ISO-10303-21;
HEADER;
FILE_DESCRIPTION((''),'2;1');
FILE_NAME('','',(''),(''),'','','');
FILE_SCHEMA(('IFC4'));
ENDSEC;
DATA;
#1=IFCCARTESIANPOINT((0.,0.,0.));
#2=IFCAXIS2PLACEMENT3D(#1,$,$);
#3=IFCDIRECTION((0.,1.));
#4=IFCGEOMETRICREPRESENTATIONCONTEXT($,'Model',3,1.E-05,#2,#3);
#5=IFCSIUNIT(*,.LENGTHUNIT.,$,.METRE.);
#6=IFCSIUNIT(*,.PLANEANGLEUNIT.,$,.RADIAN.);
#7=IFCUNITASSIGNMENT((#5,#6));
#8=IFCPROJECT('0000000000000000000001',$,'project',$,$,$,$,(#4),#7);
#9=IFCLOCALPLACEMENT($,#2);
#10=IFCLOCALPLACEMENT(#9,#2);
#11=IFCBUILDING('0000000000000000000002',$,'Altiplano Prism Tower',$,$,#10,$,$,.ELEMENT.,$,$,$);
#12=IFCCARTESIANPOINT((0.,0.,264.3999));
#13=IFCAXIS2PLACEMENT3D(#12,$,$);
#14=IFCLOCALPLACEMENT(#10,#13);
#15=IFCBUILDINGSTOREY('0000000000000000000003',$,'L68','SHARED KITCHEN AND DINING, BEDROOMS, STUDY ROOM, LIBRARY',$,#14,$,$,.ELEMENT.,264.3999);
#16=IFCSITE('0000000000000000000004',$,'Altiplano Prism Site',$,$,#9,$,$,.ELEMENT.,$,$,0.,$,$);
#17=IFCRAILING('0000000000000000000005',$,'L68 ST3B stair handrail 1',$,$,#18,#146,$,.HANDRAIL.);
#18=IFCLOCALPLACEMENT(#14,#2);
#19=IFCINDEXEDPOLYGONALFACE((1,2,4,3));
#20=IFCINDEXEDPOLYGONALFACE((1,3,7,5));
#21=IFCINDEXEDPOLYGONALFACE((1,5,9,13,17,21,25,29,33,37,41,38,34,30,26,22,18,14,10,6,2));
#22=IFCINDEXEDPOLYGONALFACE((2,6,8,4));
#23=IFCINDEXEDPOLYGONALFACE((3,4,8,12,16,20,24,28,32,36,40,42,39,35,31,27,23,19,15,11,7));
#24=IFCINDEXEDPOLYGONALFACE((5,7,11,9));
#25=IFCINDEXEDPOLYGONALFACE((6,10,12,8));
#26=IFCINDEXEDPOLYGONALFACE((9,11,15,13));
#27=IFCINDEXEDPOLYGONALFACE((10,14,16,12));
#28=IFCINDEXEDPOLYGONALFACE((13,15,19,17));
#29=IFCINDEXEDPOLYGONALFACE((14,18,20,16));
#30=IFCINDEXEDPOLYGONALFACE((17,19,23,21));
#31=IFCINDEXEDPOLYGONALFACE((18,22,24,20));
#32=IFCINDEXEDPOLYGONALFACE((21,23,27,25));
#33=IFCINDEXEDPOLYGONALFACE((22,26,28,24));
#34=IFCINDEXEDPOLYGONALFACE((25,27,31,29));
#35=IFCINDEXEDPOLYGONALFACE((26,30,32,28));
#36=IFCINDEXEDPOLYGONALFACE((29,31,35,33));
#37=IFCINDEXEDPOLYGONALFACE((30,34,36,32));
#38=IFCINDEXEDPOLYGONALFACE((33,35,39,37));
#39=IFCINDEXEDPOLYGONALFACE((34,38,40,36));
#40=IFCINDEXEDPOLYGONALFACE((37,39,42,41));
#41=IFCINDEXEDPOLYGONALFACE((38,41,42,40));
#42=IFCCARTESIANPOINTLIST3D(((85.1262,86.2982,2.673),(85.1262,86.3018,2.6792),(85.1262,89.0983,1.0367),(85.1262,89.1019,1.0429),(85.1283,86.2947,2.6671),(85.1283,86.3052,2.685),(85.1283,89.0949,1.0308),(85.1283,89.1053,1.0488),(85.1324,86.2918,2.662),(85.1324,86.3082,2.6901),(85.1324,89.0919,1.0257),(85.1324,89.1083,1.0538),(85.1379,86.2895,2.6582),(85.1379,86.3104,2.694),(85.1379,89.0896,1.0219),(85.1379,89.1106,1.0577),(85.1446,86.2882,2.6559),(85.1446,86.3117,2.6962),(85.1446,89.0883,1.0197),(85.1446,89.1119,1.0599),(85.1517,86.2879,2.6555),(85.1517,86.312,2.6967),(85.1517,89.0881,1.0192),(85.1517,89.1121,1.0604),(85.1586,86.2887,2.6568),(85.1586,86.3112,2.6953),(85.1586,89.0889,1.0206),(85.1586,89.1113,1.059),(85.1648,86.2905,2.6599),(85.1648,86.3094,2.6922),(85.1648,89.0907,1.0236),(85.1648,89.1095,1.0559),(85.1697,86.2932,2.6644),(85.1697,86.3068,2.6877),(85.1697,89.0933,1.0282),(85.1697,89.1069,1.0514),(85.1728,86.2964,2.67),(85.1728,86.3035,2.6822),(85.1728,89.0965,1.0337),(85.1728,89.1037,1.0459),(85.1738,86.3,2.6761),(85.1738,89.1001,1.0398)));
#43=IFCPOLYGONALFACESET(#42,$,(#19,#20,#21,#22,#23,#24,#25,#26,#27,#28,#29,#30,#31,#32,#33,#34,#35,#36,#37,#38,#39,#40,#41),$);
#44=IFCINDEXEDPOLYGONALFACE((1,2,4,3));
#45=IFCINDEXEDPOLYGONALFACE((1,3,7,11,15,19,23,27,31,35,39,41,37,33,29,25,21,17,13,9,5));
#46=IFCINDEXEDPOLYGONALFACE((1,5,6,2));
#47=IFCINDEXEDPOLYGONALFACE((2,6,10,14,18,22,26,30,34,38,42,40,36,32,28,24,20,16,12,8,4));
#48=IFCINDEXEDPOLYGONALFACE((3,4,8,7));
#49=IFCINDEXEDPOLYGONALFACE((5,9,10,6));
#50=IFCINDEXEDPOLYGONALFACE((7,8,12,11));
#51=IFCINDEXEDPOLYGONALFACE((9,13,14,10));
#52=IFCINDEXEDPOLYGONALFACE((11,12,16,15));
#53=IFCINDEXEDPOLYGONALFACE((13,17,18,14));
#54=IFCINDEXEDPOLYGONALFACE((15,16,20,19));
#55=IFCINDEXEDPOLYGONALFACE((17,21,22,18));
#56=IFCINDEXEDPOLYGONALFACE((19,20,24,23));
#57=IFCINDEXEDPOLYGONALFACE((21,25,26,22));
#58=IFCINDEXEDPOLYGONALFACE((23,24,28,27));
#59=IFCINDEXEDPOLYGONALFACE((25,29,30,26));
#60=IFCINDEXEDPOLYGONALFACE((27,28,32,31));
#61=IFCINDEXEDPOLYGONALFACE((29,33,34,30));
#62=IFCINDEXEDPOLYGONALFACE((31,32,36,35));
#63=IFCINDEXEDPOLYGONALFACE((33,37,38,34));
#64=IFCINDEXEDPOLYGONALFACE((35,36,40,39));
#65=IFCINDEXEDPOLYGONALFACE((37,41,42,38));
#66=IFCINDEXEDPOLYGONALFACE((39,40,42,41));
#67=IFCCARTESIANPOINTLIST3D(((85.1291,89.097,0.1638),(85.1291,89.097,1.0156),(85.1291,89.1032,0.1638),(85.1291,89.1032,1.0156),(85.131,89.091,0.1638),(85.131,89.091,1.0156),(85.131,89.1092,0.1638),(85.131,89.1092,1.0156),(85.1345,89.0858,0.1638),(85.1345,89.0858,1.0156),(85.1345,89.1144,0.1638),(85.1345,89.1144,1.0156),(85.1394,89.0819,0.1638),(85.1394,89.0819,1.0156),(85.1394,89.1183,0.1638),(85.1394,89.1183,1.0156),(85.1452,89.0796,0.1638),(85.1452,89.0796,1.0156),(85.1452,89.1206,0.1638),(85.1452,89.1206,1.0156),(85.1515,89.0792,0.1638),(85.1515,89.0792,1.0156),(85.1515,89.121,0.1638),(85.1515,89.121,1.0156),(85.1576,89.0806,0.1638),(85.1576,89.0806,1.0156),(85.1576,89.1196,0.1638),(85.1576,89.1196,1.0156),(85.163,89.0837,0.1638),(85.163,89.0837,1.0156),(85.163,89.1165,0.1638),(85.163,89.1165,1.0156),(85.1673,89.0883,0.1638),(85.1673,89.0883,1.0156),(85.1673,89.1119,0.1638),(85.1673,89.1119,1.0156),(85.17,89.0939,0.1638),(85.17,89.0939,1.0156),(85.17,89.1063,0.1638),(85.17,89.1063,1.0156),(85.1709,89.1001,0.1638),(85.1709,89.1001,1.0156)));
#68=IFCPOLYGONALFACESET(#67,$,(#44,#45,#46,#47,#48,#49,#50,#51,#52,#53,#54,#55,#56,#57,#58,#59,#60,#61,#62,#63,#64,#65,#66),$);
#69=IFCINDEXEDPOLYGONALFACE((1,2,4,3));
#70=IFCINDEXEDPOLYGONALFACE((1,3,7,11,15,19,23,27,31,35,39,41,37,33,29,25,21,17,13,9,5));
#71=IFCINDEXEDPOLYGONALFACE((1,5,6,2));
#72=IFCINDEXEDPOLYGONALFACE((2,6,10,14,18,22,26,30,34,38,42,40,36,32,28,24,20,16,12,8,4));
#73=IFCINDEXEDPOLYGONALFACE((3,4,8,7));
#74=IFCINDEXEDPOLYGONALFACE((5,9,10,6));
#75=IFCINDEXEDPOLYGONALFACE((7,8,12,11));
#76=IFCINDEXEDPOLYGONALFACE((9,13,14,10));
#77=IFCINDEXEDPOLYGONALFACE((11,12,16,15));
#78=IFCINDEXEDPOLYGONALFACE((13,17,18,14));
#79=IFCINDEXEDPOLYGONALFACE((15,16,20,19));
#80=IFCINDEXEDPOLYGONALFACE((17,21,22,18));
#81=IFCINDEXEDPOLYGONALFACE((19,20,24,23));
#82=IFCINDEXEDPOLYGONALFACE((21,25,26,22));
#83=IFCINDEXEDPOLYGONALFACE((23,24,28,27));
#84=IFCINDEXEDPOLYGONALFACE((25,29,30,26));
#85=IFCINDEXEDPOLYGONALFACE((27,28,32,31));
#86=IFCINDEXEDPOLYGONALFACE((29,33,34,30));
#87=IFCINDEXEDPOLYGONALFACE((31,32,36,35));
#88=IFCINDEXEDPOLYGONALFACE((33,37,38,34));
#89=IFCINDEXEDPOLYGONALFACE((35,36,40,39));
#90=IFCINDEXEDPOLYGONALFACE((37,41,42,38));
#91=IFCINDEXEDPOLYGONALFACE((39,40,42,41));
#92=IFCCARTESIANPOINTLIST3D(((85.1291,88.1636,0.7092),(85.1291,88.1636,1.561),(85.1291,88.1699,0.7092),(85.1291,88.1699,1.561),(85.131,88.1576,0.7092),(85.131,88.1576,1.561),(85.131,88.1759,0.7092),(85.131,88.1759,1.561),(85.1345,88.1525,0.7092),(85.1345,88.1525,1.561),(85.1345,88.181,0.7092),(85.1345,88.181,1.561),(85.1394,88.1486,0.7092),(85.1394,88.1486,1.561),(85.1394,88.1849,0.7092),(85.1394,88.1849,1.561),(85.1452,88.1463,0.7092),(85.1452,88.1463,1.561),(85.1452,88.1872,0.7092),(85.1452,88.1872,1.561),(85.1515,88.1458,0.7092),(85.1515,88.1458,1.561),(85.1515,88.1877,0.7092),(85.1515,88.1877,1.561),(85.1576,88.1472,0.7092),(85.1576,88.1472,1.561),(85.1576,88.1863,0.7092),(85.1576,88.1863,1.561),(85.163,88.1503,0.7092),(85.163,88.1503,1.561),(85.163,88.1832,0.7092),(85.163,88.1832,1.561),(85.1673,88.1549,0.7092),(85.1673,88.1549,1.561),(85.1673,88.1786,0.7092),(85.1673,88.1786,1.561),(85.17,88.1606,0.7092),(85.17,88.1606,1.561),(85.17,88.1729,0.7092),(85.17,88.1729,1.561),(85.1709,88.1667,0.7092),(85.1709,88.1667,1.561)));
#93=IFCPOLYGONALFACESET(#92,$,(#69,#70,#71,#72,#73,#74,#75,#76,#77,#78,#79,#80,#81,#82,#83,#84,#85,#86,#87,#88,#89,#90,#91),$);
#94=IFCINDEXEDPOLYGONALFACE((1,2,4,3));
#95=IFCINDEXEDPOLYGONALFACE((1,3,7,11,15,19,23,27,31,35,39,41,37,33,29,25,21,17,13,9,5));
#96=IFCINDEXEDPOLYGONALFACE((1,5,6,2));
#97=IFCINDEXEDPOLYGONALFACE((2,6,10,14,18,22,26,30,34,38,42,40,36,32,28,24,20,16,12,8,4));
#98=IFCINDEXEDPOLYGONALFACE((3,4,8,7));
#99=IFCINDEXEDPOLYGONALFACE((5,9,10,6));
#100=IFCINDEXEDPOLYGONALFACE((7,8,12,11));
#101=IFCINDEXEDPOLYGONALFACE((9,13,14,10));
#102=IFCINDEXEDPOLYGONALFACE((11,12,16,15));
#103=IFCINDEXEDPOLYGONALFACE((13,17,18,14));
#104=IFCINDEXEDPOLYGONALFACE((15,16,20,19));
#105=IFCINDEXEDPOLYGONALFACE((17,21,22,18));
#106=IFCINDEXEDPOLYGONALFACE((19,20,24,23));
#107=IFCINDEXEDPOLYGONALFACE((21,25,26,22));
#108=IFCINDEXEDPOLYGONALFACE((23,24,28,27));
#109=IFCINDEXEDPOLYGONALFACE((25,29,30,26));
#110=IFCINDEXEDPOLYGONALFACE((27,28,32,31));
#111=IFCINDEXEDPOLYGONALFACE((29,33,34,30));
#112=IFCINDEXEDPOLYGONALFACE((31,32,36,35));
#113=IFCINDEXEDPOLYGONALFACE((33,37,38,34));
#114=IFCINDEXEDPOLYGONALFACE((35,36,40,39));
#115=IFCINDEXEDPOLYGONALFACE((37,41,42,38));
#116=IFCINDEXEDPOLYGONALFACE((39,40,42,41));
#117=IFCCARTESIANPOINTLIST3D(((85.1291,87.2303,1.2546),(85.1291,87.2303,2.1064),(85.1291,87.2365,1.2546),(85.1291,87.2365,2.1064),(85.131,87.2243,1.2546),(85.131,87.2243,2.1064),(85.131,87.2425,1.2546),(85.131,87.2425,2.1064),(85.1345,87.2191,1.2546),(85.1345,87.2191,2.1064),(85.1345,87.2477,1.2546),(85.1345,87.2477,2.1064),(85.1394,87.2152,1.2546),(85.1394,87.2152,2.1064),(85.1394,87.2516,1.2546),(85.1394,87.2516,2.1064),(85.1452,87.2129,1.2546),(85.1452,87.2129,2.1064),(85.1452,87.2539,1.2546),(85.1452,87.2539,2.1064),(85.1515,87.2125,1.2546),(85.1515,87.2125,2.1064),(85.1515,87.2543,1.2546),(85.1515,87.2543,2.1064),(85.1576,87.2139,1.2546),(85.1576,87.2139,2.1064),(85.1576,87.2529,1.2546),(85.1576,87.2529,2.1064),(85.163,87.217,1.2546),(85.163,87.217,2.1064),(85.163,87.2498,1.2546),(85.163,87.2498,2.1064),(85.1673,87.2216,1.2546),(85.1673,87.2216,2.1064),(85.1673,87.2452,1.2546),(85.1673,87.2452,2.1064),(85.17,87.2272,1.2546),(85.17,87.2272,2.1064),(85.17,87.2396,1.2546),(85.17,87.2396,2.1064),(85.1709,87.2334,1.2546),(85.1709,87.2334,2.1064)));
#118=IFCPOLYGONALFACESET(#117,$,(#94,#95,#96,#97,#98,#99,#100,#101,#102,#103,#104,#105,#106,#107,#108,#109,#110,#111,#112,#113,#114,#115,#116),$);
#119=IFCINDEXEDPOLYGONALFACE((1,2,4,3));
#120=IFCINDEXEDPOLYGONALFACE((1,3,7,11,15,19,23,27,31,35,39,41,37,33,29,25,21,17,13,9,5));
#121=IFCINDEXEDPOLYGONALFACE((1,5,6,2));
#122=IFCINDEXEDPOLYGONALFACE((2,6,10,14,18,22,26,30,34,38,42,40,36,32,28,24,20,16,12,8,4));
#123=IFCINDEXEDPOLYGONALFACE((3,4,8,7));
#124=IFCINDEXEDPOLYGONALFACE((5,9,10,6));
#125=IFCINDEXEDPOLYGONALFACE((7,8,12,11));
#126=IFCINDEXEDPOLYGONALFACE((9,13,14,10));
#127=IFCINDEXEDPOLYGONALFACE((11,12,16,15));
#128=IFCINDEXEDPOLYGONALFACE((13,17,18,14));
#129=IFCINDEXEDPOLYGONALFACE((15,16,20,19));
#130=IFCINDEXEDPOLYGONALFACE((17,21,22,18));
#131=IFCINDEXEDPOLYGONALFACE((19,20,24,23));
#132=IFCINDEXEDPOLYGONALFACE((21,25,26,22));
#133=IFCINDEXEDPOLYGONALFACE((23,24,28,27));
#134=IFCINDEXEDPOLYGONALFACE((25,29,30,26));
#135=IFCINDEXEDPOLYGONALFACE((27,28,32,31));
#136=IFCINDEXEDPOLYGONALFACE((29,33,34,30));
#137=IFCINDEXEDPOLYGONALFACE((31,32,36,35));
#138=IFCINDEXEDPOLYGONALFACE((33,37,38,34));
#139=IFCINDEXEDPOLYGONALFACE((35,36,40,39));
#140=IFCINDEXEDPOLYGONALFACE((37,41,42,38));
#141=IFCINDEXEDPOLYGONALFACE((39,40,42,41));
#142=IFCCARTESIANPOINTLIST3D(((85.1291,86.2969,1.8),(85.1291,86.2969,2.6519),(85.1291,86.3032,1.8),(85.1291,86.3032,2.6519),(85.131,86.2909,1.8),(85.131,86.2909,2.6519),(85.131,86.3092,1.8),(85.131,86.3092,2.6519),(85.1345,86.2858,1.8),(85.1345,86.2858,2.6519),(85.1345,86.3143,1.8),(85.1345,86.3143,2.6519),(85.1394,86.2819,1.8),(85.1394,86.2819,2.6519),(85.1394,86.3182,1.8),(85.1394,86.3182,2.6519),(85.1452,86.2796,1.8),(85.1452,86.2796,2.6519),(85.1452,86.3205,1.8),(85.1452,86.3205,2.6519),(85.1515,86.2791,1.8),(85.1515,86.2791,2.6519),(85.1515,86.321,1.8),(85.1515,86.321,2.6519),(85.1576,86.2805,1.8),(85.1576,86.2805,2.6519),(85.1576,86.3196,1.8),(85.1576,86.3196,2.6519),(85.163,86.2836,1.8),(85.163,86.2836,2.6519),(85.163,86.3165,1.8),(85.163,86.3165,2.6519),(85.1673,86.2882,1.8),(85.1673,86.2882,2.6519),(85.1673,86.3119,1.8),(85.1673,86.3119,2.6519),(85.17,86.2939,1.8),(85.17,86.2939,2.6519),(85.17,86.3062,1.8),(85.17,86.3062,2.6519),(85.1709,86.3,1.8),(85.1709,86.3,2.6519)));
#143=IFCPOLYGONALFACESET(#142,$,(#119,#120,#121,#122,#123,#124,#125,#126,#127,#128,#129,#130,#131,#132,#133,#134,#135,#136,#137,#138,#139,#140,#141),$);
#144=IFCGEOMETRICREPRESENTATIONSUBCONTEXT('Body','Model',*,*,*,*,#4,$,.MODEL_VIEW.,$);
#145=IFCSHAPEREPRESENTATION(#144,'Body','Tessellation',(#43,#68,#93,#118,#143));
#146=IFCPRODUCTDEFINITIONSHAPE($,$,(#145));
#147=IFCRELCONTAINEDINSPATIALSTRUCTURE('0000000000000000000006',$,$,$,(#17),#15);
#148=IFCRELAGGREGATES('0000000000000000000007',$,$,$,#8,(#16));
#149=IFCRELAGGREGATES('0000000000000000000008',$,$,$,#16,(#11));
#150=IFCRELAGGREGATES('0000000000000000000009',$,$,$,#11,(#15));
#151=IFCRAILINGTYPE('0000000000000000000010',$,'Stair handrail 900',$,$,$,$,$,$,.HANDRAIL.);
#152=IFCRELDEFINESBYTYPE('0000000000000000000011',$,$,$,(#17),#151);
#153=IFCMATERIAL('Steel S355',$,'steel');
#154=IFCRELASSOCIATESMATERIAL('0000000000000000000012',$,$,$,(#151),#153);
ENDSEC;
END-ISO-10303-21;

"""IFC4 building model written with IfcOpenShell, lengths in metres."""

from ifc_helpers import new_model, si_unit, direction, frame, origin, origin_2d, place, context, subcontext, project, spatial, circle, extrude, material, type_object, element, save


model = new_model("IFC4")

# Units and contexts
model_context = context("Model", 3, precision=1e-05, world=origin(), true_north=direction((0.0, 1.0)))
body_context = subcontext(model_context, "Body", "Model", "MODEL_VIEW")
ifc_project = project(units=[si_unit("LENGTHUNIT", "METRE"), si_unit("PLANEANGLEUNIT", "RADIAN")], contexts=[model_context])

# Site, building, storey
site_placement = place(None, origin())
site = spatial("IfcSite", under=ifc_project, at=site_placement, Name="Altiplano Prism Site", CompositionType="ELEMENT", RefElevation=0.0)
building_placement = place(site_placement, origin())
building = spatial("IfcBuilding", under=site, at=building_placement, Name="Altiplano Prism Tower", CompositionType="ELEMENT")
storey_placement = place(building_placement, frame((0.0, 0.0, 264.3999)))
storey = spatial("IfcBuildingStorey", under=building, at=storey_placement, Name="L68", Description="SHARED KITCHEN AND DINING, BEDROOMS, STUDY ROOM, LIBRARY", CompositionType="ELEMENT", Elevation=264.3999)

# Shared definitions
ifc_material_1 = material(Name="Steel S355", Category="steel")

# Railing
railing_type_1 = type_object("IfcRailingType", Name="Stair handrail 900", PredefinedType="HANDRAIL", material=ifc_material_1)
railing_1_placement = place(storey_placement, frame((85.1499, 89.1001, 0.1638)))
element("IfcRailing", 1, at=railing_1_placement, inside=storey, type_object=railing_type_1, Name="L68 ST3B stair handrail 1", PredefinedType="HANDRAIL", context=body_context, shape_type="SweptSolid", body=[
    extrude(circle(Radius=0.0239, at=origin_2d()), frame((0.0, 0.0, 0.876), z_axis=(0.0, -0.863394, 0.504531), x_axis=(1.0, 0.0, 0.0)), (0.0, 0.0, 1.0), 3.2432),
    extrude(circle(Radius=0.021, at=origin_2d()), origin(), (0.0, 0.0, 1.0), 0.8518),
    extrude(circle(Radius=0.021, at=origin_2d()), frame((0.0, -0.9333, 0.5454)), (0.0, 0.0, 1.0), 0.8518),
    extrude(circle(Radius=0.021, at=origin_2d()), frame((0.0, -1.8667, 1.0908)), (0.0, 0.0, 1.0), 0.8518),
    extrude(circle(Radius=0.021, at=origin_2d()), frame((0.0, -2.8, 1.6362)), (0.0, 0.0, 1.0), 0.8518),
])

save(model, "model.ifc")
